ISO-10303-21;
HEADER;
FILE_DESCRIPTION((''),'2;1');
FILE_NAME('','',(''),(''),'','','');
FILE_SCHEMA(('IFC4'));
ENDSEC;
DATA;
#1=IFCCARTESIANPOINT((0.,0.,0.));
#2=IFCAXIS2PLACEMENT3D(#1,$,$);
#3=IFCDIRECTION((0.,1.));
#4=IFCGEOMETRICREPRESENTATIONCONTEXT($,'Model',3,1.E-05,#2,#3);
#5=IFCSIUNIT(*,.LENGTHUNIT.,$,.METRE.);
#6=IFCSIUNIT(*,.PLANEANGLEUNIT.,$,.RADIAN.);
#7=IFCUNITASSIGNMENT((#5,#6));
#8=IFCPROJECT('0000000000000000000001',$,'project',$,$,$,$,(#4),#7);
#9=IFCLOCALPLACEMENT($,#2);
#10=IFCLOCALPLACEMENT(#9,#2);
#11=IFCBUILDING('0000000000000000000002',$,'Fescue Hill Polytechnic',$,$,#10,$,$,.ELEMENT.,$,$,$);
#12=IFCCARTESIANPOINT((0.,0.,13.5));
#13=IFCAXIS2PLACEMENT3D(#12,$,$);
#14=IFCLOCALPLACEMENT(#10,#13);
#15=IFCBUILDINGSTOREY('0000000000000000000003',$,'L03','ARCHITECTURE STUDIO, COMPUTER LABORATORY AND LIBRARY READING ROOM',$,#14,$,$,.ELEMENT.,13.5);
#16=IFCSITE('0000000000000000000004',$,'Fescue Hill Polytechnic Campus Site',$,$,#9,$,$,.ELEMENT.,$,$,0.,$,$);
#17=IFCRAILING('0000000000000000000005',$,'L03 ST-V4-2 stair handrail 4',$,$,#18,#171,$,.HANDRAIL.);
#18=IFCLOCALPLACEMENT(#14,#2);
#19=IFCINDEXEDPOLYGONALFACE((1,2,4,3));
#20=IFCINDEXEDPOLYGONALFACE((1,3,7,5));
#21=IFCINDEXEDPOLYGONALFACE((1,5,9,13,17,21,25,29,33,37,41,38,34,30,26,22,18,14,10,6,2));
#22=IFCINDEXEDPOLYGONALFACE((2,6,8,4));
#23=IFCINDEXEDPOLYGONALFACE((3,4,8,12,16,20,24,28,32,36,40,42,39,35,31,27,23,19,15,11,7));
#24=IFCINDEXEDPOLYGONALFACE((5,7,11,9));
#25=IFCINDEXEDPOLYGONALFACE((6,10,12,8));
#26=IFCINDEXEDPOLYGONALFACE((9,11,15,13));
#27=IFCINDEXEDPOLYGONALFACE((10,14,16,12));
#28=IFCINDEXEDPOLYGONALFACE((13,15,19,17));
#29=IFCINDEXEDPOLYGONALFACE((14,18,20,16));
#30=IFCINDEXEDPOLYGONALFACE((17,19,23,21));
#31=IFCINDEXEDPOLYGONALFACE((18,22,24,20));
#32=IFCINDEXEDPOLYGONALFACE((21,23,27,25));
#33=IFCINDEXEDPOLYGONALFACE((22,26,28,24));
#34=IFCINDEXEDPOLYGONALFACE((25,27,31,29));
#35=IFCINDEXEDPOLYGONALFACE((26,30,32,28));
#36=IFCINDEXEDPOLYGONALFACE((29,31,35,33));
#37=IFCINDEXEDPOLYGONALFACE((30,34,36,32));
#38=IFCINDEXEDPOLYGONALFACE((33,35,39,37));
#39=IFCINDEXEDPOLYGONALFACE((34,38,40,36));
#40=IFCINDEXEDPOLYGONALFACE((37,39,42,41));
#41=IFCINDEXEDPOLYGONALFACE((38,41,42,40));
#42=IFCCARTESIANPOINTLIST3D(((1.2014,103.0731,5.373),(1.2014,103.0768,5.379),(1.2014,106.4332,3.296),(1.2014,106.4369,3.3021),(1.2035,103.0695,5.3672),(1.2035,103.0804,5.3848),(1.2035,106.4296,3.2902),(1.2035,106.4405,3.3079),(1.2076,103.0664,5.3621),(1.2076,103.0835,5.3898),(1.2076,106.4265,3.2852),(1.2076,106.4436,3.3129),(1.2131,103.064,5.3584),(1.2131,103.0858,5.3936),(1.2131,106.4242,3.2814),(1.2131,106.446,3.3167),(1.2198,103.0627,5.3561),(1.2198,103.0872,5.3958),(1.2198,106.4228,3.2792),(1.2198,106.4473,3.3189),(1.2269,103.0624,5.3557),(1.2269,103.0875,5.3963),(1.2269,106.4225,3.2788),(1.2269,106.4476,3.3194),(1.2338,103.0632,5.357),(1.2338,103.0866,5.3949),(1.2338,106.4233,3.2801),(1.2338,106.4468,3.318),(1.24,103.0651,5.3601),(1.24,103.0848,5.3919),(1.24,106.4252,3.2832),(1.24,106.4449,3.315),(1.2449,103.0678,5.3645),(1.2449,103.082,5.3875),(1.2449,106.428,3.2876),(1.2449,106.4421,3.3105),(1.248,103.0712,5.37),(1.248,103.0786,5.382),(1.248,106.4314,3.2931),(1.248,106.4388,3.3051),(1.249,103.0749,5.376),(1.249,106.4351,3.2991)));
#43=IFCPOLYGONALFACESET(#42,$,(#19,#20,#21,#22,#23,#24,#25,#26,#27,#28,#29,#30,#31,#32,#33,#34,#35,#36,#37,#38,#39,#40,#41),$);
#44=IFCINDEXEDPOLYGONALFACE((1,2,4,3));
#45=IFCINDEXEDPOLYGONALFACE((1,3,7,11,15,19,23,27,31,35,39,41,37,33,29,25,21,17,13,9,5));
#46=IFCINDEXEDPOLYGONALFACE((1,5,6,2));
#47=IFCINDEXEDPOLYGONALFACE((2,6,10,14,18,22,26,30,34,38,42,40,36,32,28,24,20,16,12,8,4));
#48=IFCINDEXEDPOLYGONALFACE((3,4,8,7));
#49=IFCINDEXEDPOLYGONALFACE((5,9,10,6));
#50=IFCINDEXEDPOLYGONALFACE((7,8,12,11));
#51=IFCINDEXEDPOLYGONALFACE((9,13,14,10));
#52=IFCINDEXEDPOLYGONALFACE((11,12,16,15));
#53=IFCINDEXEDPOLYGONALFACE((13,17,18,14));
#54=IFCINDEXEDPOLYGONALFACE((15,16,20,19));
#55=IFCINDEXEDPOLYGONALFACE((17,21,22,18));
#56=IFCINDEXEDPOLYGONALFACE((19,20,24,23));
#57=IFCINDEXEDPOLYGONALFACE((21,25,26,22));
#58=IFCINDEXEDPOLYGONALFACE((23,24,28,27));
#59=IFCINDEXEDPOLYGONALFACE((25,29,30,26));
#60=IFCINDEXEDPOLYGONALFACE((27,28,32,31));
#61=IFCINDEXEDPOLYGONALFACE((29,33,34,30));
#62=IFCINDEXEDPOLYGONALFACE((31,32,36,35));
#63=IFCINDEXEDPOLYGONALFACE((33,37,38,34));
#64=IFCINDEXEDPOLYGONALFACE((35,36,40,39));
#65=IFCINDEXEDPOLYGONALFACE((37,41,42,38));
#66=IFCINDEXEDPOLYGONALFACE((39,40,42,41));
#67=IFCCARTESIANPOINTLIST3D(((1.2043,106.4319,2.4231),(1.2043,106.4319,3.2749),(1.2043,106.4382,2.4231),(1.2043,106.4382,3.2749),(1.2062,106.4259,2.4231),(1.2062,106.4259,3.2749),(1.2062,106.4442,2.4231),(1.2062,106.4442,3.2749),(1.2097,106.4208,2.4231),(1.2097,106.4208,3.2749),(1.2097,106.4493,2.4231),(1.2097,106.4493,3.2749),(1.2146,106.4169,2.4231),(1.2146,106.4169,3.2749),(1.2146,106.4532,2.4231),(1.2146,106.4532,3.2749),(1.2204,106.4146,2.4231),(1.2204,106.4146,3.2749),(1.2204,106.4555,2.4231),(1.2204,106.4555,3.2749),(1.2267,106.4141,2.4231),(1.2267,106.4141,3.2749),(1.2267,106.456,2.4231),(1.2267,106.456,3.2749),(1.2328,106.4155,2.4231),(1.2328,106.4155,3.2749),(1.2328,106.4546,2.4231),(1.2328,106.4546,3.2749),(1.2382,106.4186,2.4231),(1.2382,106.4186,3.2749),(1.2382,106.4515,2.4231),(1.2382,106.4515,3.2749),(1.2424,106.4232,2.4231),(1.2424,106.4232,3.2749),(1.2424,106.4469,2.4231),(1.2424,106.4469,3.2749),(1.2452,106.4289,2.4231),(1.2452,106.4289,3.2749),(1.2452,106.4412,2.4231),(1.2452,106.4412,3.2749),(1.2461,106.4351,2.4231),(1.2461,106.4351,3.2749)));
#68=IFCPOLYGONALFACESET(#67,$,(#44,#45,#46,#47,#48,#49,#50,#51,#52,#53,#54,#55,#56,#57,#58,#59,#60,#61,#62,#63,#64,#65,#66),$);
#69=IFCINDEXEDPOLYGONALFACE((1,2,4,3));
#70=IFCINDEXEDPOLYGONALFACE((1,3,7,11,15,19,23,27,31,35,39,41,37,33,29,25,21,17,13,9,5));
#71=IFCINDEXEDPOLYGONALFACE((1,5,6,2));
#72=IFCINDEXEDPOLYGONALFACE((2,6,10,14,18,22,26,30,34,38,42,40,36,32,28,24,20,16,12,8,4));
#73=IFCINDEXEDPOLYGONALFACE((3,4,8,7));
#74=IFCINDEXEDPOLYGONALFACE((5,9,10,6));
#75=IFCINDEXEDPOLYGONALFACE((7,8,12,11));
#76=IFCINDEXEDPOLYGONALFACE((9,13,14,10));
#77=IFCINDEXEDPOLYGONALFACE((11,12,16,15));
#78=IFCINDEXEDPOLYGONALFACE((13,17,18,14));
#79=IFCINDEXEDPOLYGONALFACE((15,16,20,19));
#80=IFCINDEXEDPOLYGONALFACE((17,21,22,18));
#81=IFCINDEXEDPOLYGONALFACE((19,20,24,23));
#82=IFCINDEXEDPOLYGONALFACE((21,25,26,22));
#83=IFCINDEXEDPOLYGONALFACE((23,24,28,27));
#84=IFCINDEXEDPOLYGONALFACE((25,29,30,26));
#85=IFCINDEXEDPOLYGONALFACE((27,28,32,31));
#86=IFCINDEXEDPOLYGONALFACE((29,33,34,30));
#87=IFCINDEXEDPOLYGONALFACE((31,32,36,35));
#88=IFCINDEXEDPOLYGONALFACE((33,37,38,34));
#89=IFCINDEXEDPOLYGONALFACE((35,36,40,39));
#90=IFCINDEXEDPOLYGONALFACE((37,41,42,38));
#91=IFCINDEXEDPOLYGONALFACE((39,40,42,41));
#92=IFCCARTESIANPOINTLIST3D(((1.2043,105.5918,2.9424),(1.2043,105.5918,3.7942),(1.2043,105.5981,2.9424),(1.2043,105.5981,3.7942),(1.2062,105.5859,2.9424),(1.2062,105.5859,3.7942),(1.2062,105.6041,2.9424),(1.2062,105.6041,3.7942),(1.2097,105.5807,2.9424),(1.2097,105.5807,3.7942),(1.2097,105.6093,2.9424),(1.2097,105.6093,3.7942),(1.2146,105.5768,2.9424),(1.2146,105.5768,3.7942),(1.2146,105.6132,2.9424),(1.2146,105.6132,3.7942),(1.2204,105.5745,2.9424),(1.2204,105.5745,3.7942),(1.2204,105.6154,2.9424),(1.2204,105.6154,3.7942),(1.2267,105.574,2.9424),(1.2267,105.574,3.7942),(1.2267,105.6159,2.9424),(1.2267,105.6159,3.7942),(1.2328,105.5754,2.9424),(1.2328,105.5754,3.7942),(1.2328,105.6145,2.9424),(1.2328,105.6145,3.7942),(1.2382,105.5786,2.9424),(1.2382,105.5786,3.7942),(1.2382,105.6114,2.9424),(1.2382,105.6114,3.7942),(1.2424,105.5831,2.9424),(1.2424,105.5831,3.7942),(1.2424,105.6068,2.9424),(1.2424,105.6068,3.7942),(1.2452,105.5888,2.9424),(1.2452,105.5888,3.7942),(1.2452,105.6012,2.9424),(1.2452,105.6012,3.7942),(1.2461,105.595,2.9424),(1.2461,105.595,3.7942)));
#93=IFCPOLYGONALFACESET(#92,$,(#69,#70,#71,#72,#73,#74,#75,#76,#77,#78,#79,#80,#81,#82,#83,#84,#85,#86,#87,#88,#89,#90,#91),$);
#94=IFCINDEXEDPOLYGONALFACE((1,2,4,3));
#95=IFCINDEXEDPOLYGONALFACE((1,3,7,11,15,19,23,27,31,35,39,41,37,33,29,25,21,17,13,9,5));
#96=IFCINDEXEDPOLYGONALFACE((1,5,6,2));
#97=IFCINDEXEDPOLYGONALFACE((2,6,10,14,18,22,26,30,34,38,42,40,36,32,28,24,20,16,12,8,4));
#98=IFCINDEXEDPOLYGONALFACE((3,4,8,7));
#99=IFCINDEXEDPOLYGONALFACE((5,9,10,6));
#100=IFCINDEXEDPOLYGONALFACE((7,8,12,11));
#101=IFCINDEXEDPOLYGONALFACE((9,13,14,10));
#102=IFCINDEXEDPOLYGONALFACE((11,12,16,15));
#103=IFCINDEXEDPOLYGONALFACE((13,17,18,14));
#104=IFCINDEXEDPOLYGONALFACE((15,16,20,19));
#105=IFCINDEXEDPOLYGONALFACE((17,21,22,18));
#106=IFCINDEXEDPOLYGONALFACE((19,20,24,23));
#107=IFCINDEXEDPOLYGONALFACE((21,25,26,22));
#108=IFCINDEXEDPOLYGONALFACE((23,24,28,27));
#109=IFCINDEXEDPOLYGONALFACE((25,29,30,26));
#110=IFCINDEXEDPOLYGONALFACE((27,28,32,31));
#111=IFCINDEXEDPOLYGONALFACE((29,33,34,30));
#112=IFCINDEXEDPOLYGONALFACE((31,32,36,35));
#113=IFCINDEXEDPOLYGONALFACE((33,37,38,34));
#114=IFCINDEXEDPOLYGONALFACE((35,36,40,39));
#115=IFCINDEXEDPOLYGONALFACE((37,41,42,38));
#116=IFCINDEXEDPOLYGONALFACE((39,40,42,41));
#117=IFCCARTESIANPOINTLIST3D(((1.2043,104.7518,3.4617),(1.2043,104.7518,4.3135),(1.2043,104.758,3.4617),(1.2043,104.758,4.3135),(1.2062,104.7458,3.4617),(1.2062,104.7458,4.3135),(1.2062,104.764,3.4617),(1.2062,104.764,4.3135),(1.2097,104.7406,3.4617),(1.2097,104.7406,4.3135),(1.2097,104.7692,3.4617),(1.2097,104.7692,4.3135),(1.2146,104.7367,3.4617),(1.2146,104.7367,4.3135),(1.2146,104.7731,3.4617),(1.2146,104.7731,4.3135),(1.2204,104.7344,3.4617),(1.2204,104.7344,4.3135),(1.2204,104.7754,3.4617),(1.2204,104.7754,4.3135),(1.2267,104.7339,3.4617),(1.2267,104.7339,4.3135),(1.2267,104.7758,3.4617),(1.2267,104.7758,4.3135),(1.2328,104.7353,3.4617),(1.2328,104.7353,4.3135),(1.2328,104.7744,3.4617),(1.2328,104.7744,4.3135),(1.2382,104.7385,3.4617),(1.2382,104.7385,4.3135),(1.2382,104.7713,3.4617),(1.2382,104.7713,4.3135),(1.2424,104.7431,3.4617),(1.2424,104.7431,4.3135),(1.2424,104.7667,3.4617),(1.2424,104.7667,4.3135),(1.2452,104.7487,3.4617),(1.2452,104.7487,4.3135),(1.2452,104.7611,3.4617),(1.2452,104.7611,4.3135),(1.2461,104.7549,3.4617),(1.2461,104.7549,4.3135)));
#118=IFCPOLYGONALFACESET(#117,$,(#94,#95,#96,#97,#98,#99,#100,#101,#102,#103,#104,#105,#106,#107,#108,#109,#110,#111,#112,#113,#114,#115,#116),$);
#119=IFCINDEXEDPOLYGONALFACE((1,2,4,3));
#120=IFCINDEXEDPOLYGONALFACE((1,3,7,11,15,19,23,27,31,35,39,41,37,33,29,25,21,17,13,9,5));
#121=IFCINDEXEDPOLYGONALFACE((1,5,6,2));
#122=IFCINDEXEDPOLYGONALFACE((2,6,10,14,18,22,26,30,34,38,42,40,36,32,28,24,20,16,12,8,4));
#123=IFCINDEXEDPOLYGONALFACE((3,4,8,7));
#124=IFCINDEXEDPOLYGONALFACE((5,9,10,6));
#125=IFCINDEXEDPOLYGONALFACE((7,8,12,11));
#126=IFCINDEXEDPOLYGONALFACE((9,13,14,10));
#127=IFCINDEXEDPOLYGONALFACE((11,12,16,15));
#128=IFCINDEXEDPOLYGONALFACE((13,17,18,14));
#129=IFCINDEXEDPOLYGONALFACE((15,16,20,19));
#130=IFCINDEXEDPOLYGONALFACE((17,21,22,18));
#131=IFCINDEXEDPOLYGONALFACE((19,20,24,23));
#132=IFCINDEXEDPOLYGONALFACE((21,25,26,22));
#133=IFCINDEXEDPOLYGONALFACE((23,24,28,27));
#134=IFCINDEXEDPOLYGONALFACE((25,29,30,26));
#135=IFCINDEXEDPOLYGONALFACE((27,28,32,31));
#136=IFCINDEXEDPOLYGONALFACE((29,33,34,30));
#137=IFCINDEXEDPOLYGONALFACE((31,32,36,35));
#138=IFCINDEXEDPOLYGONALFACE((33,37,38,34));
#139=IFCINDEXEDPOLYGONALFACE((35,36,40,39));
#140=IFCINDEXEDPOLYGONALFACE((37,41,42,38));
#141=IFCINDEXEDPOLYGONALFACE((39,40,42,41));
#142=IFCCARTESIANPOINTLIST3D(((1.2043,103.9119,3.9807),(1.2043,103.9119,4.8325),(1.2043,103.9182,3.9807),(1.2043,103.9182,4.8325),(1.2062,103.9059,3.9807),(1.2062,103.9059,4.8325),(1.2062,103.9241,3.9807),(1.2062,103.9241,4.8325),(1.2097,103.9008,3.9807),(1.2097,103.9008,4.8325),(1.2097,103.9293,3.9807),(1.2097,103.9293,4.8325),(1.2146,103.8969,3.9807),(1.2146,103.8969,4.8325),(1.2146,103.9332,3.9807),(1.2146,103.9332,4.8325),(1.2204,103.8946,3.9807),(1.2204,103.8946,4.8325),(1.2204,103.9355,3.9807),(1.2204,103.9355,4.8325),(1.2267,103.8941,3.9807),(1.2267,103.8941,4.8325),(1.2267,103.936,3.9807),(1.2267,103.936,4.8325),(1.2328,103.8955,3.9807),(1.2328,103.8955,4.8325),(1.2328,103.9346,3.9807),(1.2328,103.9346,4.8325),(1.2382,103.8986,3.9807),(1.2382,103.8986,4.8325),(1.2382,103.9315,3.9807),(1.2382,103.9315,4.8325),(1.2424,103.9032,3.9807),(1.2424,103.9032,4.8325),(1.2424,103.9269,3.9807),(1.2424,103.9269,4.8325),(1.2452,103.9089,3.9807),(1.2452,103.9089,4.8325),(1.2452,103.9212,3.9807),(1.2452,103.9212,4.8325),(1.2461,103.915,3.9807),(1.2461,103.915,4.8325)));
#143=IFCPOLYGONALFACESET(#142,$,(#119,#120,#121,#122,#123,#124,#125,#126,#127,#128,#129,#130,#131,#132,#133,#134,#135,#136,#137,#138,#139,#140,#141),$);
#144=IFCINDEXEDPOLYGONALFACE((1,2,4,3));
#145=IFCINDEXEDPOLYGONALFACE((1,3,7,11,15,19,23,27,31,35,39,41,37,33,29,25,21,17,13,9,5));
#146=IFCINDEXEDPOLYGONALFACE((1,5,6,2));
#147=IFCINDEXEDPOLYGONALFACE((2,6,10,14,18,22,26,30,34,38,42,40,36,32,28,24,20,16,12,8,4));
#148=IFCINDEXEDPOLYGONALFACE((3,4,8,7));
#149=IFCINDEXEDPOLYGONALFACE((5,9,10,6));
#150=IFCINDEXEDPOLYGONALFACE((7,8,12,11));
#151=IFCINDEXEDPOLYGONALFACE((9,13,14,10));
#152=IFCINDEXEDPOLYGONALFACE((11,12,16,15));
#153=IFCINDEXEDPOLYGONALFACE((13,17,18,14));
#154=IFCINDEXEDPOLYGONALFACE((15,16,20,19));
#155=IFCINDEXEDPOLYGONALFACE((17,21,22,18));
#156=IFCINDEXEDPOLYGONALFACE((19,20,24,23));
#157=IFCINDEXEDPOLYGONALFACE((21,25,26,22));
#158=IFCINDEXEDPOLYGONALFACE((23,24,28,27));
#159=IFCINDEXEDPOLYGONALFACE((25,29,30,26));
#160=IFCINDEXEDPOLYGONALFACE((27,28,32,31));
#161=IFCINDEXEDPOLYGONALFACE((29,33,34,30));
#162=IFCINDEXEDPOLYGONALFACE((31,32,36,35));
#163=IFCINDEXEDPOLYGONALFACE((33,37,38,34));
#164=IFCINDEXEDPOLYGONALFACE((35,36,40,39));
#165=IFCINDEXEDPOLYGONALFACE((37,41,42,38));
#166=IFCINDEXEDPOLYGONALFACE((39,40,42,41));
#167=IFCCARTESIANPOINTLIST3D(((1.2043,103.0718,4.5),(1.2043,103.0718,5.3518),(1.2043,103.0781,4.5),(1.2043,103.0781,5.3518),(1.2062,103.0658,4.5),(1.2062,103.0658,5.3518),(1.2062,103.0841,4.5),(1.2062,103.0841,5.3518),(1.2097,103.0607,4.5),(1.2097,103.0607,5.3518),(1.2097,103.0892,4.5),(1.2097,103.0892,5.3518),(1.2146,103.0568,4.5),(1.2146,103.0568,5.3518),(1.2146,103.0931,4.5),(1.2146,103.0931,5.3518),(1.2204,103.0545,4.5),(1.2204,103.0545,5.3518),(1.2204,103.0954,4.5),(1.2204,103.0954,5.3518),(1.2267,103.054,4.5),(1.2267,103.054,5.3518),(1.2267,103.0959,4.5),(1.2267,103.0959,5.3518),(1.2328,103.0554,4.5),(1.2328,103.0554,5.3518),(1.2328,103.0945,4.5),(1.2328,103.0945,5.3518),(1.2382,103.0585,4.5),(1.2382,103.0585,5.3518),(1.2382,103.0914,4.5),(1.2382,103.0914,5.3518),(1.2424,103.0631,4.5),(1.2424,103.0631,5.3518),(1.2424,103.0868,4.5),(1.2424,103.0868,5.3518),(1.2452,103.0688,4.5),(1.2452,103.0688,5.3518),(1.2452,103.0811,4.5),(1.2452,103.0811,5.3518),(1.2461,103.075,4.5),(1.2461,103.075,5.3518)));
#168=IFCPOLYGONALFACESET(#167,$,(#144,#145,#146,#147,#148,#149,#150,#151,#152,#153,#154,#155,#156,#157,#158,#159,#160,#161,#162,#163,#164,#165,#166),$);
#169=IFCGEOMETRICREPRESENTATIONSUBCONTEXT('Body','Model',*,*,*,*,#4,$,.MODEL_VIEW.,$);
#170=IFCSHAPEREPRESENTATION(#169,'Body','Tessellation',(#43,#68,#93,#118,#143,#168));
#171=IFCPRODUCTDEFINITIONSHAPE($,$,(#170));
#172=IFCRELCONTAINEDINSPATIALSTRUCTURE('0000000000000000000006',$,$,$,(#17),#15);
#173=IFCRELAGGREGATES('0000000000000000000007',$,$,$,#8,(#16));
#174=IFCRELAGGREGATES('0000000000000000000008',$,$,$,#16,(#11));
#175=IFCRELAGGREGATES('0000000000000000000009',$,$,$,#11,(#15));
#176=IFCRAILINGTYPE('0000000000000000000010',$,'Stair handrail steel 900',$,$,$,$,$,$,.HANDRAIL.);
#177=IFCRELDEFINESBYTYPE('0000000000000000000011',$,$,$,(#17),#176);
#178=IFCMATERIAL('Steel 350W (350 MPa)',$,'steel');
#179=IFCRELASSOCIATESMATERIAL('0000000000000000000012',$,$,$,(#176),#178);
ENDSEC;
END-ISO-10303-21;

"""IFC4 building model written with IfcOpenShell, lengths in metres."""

from ifc_helpers import new_model, si_unit, direction, frame, origin, origin_2d, place, context, subcontext, project, spatial, circle, extrude, material, type_object, element, save


model = new_model("IFC4")

# Units and contexts
model_context = context("Model", 3, precision=1e-05, world=origin(), true_north=direction((0.0, 1.0)))
body_context = subcontext(model_context, "Body", "Model", "MODEL_VIEW")
ifc_project = project(units=[si_unit("LENGTHUNIT", "METRE"), si_unit("PLANEANGLEUNIT", "RADIAN")], contexts=[model_context])

# Site, building, storey
site_placement = place(None, origin())
site = spatial("IfcSite", under=ifc_project, at=site_placement, Name="Fescue Hill Polytechnic Campus Site", CompositionType="ELEMENT", RefElevation=0.0)
building_placement = place(site_placement, origin())
building = spatial("IfcBuilding", under=site, at=building_placement, Name="Fescue Hill Polytechnic", CompositionType="ELEMENT")
storey_placement = place(building_placement, frame((0.0, 0.0, 13.5)))
storey = spatial("IfcBuildingStorey", under=building, at=storey_placement, Name="L03", Description="ARCHITECTURE STUDIO, COMPUTER LABORATORY AND LIBRARY READING ROOM", CompositionType="ELEMENT", Elevation=13.5)

# Railing
ifc_material_1 = material(Name="Steel 350W (350 MPa)", Category="steel")
railing_type_1 = type_object("IfcRailingType", Name="Stair handrail steel 900", PredefinedType="HANDRAIL", material=ifc_material_1)
for number, where, name in (
    (1, (1.2251, 106.4351, 2.4231), "L03 ST-V4-2 stair handrail 4"),
):
    element("IfcRailing", number, at=place(storey_placement, frame(where)), inside=storey, type_object=railing_type_1, Name=name, PredefinedType="HANDRAIL", context=body_context, shape_type="SweptSolid", body=[
        extrude(circle(Radius=0.0239, at=origin_2d()), frame((0.0, 0.0, 0.876), z_axis=(0.0, -0.850623, 0.525776), x_axis=(1.0, 0.0, 0.0)), (0.0, 0.0, 1.0), 3.9502),
        extrude(circle(Radius=0.021, at=origin_2d()), origin(), (0.0, 0.0, 1.0), 0.8518),
        extrude(circle(Radius=0.021, at=origin_2d()), frame((0.0, -0.8401, 0.5193)), (0.0, 0.0, 1.0), 0.8518),
        extrude(circle(Radius=0.021, at=origin_2d()), frame((0.0, -1.6802, 1.0386)), (0.0, 0.0, 1.0), 0.8518),
        extrude(circle(Radius=0.021, at=origin_2d()), frame((0.0, -2.52, 1.5576)), (0.0, 0.0, 1.0), 0.8518),
        extrude(circle(Radius=0.021, at=origin_2d()), frame((0.0, -3.3601, 2.0769)), (0.0, 0.0, 1.0), 0.8518),
    ])

save(model, "model.ifc")
